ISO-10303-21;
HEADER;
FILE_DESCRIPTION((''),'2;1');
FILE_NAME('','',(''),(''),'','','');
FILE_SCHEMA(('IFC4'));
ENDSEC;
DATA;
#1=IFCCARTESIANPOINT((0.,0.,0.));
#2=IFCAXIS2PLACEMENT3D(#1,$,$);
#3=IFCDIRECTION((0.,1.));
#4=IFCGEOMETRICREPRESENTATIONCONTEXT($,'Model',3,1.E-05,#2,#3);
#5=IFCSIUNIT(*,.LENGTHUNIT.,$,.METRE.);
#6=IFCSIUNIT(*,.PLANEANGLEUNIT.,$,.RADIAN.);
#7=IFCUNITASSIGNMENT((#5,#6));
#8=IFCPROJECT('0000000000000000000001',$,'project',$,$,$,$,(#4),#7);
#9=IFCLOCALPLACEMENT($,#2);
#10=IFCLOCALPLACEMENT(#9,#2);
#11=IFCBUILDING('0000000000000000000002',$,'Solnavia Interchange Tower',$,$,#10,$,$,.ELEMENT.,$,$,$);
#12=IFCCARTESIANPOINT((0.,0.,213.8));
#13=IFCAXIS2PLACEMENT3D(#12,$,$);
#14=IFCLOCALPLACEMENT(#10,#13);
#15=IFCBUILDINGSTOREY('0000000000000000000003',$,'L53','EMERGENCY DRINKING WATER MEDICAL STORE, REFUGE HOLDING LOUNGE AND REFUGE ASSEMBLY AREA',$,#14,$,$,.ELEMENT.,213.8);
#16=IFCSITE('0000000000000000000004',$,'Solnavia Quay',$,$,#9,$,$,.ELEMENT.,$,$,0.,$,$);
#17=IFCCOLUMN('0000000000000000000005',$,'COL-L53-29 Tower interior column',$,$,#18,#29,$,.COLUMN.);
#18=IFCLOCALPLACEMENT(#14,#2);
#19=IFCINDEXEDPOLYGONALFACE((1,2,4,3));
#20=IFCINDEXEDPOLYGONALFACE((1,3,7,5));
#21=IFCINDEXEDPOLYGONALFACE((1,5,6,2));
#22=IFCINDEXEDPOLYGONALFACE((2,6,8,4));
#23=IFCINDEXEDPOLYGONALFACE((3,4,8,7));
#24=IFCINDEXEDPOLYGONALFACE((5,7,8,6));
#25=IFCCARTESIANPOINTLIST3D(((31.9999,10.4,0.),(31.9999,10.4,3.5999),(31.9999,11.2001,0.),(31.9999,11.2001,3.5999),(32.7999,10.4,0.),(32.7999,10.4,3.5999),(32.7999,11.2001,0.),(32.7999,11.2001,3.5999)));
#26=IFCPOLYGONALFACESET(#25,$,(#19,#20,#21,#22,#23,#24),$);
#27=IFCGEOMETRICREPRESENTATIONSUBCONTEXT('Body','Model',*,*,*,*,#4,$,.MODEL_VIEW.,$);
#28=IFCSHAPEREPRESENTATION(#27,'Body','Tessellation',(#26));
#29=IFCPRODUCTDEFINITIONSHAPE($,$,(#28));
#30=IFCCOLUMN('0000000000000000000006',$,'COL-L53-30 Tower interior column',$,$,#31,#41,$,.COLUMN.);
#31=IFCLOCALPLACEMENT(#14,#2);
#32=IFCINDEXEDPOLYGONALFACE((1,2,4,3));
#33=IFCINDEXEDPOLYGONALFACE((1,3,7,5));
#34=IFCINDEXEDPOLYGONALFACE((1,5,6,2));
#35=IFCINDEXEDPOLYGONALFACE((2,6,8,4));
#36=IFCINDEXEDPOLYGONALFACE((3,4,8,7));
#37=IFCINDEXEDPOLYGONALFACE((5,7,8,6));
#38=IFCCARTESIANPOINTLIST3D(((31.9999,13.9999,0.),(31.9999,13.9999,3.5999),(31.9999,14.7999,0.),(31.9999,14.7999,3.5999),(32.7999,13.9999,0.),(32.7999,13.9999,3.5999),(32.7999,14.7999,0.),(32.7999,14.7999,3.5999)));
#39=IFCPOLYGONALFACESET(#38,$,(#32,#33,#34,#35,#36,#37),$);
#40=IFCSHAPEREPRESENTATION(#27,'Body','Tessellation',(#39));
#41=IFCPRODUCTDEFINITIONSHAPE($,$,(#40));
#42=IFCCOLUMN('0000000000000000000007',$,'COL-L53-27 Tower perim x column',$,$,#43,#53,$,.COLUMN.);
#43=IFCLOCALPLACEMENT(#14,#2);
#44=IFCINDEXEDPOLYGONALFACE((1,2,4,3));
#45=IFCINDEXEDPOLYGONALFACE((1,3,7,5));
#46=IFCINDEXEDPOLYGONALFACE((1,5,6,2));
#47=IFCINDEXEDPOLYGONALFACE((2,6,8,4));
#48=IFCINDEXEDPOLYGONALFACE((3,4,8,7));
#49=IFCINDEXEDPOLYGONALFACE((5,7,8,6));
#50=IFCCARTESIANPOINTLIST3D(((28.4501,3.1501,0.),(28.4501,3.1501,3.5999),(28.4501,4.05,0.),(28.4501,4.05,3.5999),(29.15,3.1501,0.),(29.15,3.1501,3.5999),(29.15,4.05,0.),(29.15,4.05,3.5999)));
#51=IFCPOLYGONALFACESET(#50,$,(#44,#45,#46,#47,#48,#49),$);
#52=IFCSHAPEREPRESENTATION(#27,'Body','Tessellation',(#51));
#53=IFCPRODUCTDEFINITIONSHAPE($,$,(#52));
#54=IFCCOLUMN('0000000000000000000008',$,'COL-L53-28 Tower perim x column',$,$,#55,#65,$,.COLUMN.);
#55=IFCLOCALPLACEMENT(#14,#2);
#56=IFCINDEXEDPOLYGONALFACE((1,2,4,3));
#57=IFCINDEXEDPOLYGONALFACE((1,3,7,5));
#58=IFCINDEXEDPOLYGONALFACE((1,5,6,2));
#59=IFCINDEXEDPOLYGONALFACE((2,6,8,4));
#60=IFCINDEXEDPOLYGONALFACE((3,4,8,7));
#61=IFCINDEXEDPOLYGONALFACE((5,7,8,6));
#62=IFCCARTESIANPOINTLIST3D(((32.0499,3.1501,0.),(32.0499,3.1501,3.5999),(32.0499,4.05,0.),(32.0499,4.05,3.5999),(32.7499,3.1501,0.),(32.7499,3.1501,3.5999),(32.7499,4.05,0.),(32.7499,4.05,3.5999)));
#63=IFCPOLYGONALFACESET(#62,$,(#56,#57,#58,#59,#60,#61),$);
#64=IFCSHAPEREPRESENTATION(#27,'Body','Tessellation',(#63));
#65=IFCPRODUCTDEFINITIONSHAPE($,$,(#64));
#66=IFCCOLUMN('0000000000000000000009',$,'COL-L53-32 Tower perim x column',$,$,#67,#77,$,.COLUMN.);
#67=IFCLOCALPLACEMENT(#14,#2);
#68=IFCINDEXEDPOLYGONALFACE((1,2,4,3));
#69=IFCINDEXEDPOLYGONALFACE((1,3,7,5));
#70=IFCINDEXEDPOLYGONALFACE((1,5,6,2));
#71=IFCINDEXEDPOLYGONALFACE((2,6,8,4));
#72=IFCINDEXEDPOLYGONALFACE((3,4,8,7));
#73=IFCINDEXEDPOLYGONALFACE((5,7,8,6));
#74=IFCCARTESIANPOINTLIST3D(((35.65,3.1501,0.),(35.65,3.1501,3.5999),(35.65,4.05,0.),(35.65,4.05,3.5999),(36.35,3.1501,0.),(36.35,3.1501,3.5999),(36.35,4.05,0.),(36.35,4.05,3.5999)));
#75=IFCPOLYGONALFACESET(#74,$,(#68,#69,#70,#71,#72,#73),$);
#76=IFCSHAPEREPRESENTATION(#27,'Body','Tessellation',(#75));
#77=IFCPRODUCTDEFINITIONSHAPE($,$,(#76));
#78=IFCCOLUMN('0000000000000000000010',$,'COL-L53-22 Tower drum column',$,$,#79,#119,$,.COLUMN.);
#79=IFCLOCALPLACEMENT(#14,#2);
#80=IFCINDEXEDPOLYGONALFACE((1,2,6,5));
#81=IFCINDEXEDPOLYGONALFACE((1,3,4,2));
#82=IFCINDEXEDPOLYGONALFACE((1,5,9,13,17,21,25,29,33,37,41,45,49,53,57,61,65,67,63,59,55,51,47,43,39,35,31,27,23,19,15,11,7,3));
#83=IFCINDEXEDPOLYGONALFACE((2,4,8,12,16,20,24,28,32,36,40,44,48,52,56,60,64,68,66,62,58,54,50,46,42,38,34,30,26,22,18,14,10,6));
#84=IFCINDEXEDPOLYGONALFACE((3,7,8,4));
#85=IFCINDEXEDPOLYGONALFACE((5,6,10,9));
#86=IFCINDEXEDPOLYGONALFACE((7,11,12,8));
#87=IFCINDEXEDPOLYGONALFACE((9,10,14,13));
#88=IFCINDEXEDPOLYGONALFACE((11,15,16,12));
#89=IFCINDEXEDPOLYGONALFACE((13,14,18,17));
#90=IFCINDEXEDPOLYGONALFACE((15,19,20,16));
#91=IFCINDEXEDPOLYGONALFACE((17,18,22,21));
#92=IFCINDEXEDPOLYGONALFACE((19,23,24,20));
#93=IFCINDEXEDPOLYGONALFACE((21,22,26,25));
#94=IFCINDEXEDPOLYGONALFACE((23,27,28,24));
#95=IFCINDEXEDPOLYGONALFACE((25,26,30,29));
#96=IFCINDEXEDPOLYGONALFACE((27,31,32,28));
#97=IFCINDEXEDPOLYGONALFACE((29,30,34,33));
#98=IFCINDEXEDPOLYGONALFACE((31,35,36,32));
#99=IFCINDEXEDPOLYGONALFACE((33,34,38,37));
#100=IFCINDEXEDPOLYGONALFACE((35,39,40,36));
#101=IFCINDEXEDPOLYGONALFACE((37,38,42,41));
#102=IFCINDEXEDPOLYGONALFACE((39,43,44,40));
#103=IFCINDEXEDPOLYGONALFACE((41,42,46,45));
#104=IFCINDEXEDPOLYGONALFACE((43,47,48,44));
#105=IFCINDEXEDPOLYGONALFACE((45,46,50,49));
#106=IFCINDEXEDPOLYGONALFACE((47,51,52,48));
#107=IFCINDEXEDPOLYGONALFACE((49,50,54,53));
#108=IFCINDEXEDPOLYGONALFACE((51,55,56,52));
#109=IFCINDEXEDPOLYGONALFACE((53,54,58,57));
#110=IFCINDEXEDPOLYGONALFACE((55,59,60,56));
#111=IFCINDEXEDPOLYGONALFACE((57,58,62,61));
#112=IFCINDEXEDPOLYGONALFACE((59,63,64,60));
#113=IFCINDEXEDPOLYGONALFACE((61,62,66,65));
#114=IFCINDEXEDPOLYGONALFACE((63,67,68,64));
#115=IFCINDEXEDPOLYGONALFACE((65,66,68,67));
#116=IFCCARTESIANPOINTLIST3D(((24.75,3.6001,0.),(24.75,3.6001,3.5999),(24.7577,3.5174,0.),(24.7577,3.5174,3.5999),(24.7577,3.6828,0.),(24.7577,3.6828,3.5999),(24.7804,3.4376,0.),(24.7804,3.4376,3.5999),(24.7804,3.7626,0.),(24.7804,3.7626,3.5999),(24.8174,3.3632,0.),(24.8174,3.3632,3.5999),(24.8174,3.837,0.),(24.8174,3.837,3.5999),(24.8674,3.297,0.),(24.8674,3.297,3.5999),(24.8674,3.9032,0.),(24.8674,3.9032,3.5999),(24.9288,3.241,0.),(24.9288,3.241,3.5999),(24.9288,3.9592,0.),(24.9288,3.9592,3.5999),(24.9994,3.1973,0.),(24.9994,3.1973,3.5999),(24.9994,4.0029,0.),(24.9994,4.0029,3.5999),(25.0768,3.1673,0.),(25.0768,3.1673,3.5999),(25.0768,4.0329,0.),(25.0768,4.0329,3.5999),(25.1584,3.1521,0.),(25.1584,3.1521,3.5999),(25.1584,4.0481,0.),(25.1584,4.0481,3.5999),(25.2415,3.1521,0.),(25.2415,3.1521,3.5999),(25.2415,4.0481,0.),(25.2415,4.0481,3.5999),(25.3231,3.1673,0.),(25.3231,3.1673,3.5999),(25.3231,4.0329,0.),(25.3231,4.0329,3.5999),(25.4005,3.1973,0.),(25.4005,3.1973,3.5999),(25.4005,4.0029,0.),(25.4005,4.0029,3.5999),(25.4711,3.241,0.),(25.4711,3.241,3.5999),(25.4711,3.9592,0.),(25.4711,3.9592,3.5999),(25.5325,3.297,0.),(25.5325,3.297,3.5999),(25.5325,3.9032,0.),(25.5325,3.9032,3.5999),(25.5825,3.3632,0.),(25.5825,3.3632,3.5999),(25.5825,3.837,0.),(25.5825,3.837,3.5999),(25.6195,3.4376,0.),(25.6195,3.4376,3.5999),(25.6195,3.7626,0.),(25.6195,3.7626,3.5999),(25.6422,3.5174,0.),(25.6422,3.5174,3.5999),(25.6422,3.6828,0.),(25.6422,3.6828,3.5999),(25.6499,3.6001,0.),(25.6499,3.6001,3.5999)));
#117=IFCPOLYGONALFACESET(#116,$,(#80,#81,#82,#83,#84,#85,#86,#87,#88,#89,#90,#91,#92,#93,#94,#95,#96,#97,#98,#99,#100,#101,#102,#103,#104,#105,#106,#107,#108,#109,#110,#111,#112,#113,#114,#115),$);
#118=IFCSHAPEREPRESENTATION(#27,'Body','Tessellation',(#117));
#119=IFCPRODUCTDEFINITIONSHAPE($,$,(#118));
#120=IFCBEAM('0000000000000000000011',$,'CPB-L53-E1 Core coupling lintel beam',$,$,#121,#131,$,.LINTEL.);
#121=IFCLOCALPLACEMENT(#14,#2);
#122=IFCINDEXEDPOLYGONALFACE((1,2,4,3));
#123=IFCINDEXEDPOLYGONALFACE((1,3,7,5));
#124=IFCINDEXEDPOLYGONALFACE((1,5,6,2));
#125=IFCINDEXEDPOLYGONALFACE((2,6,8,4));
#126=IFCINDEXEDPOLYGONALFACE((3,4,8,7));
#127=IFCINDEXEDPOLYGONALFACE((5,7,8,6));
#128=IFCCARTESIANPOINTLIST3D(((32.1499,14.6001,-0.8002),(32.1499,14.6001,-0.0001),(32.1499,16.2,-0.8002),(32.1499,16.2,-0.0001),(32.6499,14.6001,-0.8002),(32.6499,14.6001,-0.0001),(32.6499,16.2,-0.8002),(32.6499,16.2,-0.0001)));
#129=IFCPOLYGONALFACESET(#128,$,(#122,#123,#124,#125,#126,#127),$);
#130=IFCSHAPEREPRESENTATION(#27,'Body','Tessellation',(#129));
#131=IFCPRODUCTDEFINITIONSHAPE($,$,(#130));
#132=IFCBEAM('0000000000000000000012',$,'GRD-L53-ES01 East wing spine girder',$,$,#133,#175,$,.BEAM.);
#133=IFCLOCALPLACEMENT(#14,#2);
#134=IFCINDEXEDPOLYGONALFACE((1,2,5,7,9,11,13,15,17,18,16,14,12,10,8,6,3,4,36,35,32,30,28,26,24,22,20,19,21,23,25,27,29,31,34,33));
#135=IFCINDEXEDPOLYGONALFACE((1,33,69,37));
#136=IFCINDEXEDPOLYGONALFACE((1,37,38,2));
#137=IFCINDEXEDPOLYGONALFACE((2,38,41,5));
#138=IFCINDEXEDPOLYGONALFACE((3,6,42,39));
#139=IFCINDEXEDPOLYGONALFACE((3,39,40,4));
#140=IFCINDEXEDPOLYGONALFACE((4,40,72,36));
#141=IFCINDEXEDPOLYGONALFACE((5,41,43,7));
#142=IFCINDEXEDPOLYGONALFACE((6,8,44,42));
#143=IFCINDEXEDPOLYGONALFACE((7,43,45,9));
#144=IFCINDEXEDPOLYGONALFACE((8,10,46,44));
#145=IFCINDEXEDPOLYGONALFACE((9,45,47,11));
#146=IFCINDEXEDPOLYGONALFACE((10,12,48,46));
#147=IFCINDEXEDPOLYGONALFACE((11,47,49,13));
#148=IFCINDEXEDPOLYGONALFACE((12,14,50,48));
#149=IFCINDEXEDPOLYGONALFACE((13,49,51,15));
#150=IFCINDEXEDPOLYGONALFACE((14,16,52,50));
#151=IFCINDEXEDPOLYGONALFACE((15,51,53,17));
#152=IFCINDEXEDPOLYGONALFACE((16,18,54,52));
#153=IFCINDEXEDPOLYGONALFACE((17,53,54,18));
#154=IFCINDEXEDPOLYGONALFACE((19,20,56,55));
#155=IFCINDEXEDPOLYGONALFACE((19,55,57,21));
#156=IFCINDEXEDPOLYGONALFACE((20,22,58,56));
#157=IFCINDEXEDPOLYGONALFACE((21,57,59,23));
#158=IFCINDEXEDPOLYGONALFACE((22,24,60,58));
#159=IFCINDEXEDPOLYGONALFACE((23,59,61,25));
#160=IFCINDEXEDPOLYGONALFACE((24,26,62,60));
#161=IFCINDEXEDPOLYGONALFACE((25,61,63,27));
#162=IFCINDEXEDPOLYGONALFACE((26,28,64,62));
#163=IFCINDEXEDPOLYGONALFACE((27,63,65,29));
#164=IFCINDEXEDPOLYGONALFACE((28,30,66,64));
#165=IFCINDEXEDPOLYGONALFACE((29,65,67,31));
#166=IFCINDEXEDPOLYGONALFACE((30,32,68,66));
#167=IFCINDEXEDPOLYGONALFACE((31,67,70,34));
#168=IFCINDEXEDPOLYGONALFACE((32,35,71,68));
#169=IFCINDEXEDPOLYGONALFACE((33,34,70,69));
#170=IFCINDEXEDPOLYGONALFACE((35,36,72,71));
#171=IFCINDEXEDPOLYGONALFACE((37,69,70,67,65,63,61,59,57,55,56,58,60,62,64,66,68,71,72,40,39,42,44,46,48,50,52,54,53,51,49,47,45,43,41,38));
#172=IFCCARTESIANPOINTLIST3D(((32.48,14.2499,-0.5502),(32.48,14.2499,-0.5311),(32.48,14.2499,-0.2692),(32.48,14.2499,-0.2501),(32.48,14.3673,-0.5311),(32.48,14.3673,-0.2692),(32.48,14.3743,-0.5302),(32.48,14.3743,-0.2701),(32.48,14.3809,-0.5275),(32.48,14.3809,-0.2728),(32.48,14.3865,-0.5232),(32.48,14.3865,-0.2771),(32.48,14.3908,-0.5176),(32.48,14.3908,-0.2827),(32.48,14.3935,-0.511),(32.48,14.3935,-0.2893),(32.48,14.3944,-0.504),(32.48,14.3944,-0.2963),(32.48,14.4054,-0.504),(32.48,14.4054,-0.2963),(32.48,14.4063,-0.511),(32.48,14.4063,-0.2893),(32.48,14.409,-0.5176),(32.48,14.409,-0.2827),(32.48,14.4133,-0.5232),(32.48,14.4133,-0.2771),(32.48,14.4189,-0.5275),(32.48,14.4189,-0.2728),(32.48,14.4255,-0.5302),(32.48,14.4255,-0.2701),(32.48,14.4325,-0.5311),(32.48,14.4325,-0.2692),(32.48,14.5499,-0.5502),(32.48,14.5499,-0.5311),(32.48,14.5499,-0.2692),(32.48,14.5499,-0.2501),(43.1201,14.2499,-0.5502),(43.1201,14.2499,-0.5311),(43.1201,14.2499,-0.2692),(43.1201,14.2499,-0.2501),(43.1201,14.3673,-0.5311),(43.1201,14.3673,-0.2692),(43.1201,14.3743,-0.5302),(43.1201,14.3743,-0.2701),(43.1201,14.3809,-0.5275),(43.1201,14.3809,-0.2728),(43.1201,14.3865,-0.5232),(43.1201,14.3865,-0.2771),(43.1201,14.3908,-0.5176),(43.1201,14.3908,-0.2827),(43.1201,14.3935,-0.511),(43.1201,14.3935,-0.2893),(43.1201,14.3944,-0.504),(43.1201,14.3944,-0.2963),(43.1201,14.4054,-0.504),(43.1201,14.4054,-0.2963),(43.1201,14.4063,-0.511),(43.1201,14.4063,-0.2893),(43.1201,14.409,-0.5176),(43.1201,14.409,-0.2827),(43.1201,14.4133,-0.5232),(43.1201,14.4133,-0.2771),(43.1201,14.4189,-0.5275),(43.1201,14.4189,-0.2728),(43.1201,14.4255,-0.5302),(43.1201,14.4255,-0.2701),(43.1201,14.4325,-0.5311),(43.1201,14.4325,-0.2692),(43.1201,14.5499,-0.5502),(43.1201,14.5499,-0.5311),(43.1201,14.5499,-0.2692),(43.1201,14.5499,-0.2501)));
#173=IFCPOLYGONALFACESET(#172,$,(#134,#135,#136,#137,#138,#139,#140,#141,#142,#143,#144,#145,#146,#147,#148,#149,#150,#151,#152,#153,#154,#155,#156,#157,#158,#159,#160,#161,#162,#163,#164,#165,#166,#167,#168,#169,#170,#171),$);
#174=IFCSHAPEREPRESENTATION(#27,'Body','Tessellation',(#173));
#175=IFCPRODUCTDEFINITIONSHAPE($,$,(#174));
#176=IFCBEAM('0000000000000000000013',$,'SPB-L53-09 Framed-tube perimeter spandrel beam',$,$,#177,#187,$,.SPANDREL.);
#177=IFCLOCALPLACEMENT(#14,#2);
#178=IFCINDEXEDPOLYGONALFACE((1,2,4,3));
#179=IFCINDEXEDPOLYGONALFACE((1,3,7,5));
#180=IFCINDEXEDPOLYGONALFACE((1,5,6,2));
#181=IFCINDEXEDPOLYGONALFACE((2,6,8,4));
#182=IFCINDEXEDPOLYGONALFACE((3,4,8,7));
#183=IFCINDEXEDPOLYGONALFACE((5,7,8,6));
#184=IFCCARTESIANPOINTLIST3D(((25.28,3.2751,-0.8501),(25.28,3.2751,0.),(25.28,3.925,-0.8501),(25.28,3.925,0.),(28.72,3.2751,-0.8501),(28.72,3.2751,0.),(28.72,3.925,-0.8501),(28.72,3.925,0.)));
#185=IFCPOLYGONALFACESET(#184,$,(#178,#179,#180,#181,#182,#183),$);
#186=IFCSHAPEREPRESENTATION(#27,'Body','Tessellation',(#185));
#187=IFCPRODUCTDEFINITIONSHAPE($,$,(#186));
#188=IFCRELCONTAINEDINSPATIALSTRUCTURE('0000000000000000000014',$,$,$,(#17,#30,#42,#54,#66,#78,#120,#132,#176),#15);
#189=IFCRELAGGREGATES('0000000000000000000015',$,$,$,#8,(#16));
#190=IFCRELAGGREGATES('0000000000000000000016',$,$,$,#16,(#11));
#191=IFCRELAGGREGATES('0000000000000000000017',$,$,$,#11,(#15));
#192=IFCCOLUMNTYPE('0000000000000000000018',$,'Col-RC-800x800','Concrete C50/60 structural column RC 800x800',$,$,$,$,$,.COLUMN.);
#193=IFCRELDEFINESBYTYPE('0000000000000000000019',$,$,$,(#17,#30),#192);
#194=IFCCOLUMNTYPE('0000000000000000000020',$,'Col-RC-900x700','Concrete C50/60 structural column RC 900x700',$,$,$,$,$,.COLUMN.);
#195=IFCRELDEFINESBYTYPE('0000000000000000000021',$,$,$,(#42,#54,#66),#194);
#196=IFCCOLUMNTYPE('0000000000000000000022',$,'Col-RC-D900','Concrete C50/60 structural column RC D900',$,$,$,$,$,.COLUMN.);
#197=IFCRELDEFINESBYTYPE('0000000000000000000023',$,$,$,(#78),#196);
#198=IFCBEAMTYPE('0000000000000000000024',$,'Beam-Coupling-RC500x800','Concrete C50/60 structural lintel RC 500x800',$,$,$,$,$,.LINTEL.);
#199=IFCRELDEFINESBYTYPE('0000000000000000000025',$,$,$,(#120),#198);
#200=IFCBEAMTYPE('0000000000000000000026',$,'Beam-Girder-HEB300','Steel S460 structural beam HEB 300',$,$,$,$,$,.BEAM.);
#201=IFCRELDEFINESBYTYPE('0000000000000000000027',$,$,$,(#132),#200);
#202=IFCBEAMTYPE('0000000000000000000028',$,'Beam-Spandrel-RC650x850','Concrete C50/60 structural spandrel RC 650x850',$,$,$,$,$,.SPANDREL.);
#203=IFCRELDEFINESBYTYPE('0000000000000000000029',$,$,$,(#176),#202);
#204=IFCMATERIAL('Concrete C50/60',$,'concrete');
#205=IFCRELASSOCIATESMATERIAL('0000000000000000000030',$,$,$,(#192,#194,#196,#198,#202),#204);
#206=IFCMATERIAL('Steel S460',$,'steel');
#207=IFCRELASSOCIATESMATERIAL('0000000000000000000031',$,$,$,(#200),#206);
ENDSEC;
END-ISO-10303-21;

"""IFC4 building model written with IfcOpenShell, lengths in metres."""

from ifc_helpers import new_model, si_unit, direction, frame, origin, origin_2d, place, context, subcontext, project, spatial, rectangle, circle, i_section, extrude, material, material_profile, profile_set, type_object, element, save


model = new_model("IFC4")

# Units and contexts
model_context = context("Model", 3, precision=1e-05, world=origin(), true_north=direction((0.0, 1.0)))
body_context = subcontext(model_context, "Body", "Model", "MODEL_VIEW")
ifc_project = project(units=[si_unit("LENGTHUNIT", "METRE"), si_unit("PLANEANGLEUNIT", "RADIAN")], contexts=[model_context])

# Site, building, storey
site_placement = place(None, origin())
site = spatial("IfcSite", under=ifc_project, at=site_placement, Name="Solnavia Quay", CompositionType="ELEMENT", RefElevation=0.0)
building_placement = place(site_placement, origin())
building = spatial("IfcBuilding", under=site, at=building_placement, Name="Solnavia Interchange Tower", CompositionType="ELEMENT")
storey_placement = place(building_placement, frame((0.0, 0.0, 213.8)))
storey = spatial("IfcBuildingStorey", under=building, at=storey_placement, Name="L53", Description="EMERGENCY DRINKING WATER MEDICAL STORE, REFUGE HOLDING LOUNGE AND REFUGE ASSEMBLY AREA", CompositionType="ELEMENT", Elevation=213.8)

# Columns
ifc_material_1 = material(Name="Concrete C50/60", Category="concrete")
ifc_material_profile_1 = material_profile(ifc_material_1, rectangle(XDim=0.8, YDim=0.8, at=origin_2d()), Name="RC 800x800")
ifc_profile_set_1 = profile_set([ifc_material_profile_1], Name="Concrete C50/60")
column_type_1 = type_object("IfcColumnType", Name="Col-RC-800x800", Description="Concrete C50/60 structural column RC 800x800", PredefinedType="COLUMN", material=ifc_profile_set_1)
for number, where, z_axis, x_axis, name in (
    (1, (32.3999, 10.8, 0.0), (0.0, 0.0, 1.0), (1.0, 0.0, 0.0), "COL-L53-29 Tower interior column"),
    (2, (32.3999, 14.3999, 0.0), (0.0, 0.0, 1.0), (1.0, 0.0, 0.0), "COL-L53-30 Tower interior column"),
):
    element("IfcColumn", number, at=place(storey_placement, frame(where, z_axis=z_axis, x_axis=x_axis)), inside=storey, type_object=column_type_1, Name=name, PredefinedType="COLUMN", context=body_context, shape_type="SweptSolid", body=[
        extrude(rectangle(XDim=0.8, YDim=0.8, at=origin_2d()), origin(), (0.0, 0.0, 1.0), 3.5999),
    ])
ifc_material_profile_2 = material_profile(ifc_material_1, rectangle(XDim=0.7, YDim=0.8999, at=origin_2d()), Name="RC 900x700")
ifc_profile_set_2 = profile_set([ifc_material_profile_2], Name="Concrete C50/60")
column_type_2 = type_object("IfcColumnType", Name="Col-RC-900x700", Description="Concrete C50/60 structural column RC 900x700", PredefinedType="COLUMN", material=ifc_profile_set_2)
for number, where, z_axis, x_axis, name in (
    (3, (28.8, 3.6001, 0.0), (0.0, 0.0, 1.0), (1.0, 0.0, 0.0), "COL-L53-27 Tower perim x column"),
    (4, (32.3999, 3.6001, 0.0), (0.0, 0.0, 1.0), (1.0, 0.0, 0.0), "COL-L53-28 Tower perim x column"),
    (5, (36.0, 3.6001, 0.0), (0.0, 0.0, 1.0), (1.0, 0.0, 0.0), "COL-L53-32 Tower perim x column"),
):
    element("IfcColumn", number, at=place(storey_placement, frame(where, z_axis=z_axis, x_axis=x_axis)), inside=storey, type_object=column_type_2, Name=name, PredefinedType="COLUMN", context=body_context, shape_type="SweptSolid", body=[
        extrude(rectangle(XDim=0.7, YDim=0.8999, at=origin_2d()), origin(), (0.0, 0.0, 1.0), 3.5999),
    ])
ifc_material_profile_3 = material_profile(ifc_material_1, circle(Radius=0.45, at=origin_2d()), Name="RC D900")
ifc_profile_set_3 = profile_set([ifc_material_profile_3], Name="Concrete C50/60")
column_type_3 = type_object("IfcColumnType", Name="Col-RC-D900", Description="Concrete C50/60 structural column RC D900", PredefinedType="COLUMN", material=ifc_profile_set_3)
column_placement = place(storey_placement, frame((25.2, 3.6001, 0.0), z_axis=(0.0, 0.0, 1.0), x_axis=(1.0, 0.0, 0.0)))
element("IfcColumn", 6, at=column_placement, inside=storey, type_object=column_type_3, Name="COL-L53-22 Tower drum column", PredefinedType="COLUMN", context=body_context, shape_type="SweptSolid", body=[
    extrude(circle(Radius=0.45, at=origin_2d()), origin(), (0.0, 0.0, 1.0), 3.5999),
])

# Beams
ifc_material_profile_4 = material_profile(ifc_material_1, rectangle(XDim=0.5, YDim=0.8, at=origin_2d()), Name="RC 500x800")
ifc_profile_set_4 = profile_set([ifc_material_profile_4], Name="Concrete C50/60")
beam_type_1 = type_object("IfcBeamType", Name="Beam-Coupling-RC500x800", Description="Concrete C50/60 structural lintel RC 500x800", PredefinedType="LINTEL", material=ifc_profile_set_4)
beam_1_placement = place(storey_placement, frame((32.3999, 14.6001, -0.4001), z_axis=(0.0, 1.0, 0.0), x_axis=(-1.0, 0.0, 0.0)))
element("IfcBeam", 7, at=beam_1_placement, inside=storey, type_object=beam_type_1, Name="CPB-L53-E1 Core coupling lintel beam", PredefinedType="LINTEL", context=body_context, shape_type="SweptSolid", body=[
    extrude(rectangle(XDim=0.5, YDim=0.8, at=origin_2d()), origin(), (0.0, 0.0, 1.0), 1.5999),
])
ifc_material_2 = material(Name="Steel S460", Category="steel")
ifc_material_profile_5 = material_profile(ifc_material_2, i_section(OverallWidth=0.3, OverallDepth=0.3, WebThickness=0.011, FlangeThickness=0.019, FilletRadius=0.0271, at=origin_2d()), Name="HEB 300")
ifc_profile_set_5 = profile_set([ifc_material_profile_5], Name="Steel S460")
beam_type_2 = type_object("IfcBeamType", Name="Beam-Girder-HEB300", Description="Steel S460 structural beam HEB 300", PredefinedType="BEAM", material=ifc_profile_set_5)
beam_2_placement = place(storey_placement, frame((32.48, 14.3999, -0.4001), z_axis=(1.0, 0.0, 0.0), x_axis=(0.0, 1.0, 0.0)))
element("IfcBeam", 8, at=beam_2_placement, inside=storey, type_object=beam_type_2, Name="GRD-L53-ES01 East wing spine girder", PredefinedType="BEAM", context=body_context, shape_type="SweptSolid", body=[
    extrude(i_section(OverallWidth=0.3, OverallDepth=0.3, WebThickness=0.011, FlangeThickness=0.019, FilletRadius=0.0271, at=origin_2d()), origin(), (0.0, 0.0, 1.0), 10.6401),
])
ifc_material_profile_6 = material_profile(ifc_material_1, rectangle(XDim=0.6499, YDim=0.8501, at=origin_2d()), Name="RC 650x850")
ifc_profile_set_6 = profile_set([ifc_material_profile_6], Name="Concrete C50/60")
beam_type_3 = type_object("IfcBeamType", Name="Beam-Spandrel-RC650x850", Description="Concrete C50/60 structural spandrel RC 650x850", PredefinedType="SPANDREL", material=ifc_profile_set_6)
beam_3_placement = place(storey_placement, frame((25.28, 3.6001, -0.425), z_axis=(1.0, 0.0, 0.0), x_axis=(0.0, 1.0, 0.0)))
element("IfcBeam", 9, at=beam_3_placement, inside=storey, type_object=beam_type_3, Name="SPB-L53-09 Framed-tube perimeter spandrel beam", PredefinedType="SPANDREL", context=body_context, shape_type="SweptSolid", body=[
    extrude(rectangle(XDim=0.6499, YDim=0.8501, at=origin_2d()), origin(), (0.0, 0.0, 1.0), 3.4399),
])

save(model, "model.ifc")
